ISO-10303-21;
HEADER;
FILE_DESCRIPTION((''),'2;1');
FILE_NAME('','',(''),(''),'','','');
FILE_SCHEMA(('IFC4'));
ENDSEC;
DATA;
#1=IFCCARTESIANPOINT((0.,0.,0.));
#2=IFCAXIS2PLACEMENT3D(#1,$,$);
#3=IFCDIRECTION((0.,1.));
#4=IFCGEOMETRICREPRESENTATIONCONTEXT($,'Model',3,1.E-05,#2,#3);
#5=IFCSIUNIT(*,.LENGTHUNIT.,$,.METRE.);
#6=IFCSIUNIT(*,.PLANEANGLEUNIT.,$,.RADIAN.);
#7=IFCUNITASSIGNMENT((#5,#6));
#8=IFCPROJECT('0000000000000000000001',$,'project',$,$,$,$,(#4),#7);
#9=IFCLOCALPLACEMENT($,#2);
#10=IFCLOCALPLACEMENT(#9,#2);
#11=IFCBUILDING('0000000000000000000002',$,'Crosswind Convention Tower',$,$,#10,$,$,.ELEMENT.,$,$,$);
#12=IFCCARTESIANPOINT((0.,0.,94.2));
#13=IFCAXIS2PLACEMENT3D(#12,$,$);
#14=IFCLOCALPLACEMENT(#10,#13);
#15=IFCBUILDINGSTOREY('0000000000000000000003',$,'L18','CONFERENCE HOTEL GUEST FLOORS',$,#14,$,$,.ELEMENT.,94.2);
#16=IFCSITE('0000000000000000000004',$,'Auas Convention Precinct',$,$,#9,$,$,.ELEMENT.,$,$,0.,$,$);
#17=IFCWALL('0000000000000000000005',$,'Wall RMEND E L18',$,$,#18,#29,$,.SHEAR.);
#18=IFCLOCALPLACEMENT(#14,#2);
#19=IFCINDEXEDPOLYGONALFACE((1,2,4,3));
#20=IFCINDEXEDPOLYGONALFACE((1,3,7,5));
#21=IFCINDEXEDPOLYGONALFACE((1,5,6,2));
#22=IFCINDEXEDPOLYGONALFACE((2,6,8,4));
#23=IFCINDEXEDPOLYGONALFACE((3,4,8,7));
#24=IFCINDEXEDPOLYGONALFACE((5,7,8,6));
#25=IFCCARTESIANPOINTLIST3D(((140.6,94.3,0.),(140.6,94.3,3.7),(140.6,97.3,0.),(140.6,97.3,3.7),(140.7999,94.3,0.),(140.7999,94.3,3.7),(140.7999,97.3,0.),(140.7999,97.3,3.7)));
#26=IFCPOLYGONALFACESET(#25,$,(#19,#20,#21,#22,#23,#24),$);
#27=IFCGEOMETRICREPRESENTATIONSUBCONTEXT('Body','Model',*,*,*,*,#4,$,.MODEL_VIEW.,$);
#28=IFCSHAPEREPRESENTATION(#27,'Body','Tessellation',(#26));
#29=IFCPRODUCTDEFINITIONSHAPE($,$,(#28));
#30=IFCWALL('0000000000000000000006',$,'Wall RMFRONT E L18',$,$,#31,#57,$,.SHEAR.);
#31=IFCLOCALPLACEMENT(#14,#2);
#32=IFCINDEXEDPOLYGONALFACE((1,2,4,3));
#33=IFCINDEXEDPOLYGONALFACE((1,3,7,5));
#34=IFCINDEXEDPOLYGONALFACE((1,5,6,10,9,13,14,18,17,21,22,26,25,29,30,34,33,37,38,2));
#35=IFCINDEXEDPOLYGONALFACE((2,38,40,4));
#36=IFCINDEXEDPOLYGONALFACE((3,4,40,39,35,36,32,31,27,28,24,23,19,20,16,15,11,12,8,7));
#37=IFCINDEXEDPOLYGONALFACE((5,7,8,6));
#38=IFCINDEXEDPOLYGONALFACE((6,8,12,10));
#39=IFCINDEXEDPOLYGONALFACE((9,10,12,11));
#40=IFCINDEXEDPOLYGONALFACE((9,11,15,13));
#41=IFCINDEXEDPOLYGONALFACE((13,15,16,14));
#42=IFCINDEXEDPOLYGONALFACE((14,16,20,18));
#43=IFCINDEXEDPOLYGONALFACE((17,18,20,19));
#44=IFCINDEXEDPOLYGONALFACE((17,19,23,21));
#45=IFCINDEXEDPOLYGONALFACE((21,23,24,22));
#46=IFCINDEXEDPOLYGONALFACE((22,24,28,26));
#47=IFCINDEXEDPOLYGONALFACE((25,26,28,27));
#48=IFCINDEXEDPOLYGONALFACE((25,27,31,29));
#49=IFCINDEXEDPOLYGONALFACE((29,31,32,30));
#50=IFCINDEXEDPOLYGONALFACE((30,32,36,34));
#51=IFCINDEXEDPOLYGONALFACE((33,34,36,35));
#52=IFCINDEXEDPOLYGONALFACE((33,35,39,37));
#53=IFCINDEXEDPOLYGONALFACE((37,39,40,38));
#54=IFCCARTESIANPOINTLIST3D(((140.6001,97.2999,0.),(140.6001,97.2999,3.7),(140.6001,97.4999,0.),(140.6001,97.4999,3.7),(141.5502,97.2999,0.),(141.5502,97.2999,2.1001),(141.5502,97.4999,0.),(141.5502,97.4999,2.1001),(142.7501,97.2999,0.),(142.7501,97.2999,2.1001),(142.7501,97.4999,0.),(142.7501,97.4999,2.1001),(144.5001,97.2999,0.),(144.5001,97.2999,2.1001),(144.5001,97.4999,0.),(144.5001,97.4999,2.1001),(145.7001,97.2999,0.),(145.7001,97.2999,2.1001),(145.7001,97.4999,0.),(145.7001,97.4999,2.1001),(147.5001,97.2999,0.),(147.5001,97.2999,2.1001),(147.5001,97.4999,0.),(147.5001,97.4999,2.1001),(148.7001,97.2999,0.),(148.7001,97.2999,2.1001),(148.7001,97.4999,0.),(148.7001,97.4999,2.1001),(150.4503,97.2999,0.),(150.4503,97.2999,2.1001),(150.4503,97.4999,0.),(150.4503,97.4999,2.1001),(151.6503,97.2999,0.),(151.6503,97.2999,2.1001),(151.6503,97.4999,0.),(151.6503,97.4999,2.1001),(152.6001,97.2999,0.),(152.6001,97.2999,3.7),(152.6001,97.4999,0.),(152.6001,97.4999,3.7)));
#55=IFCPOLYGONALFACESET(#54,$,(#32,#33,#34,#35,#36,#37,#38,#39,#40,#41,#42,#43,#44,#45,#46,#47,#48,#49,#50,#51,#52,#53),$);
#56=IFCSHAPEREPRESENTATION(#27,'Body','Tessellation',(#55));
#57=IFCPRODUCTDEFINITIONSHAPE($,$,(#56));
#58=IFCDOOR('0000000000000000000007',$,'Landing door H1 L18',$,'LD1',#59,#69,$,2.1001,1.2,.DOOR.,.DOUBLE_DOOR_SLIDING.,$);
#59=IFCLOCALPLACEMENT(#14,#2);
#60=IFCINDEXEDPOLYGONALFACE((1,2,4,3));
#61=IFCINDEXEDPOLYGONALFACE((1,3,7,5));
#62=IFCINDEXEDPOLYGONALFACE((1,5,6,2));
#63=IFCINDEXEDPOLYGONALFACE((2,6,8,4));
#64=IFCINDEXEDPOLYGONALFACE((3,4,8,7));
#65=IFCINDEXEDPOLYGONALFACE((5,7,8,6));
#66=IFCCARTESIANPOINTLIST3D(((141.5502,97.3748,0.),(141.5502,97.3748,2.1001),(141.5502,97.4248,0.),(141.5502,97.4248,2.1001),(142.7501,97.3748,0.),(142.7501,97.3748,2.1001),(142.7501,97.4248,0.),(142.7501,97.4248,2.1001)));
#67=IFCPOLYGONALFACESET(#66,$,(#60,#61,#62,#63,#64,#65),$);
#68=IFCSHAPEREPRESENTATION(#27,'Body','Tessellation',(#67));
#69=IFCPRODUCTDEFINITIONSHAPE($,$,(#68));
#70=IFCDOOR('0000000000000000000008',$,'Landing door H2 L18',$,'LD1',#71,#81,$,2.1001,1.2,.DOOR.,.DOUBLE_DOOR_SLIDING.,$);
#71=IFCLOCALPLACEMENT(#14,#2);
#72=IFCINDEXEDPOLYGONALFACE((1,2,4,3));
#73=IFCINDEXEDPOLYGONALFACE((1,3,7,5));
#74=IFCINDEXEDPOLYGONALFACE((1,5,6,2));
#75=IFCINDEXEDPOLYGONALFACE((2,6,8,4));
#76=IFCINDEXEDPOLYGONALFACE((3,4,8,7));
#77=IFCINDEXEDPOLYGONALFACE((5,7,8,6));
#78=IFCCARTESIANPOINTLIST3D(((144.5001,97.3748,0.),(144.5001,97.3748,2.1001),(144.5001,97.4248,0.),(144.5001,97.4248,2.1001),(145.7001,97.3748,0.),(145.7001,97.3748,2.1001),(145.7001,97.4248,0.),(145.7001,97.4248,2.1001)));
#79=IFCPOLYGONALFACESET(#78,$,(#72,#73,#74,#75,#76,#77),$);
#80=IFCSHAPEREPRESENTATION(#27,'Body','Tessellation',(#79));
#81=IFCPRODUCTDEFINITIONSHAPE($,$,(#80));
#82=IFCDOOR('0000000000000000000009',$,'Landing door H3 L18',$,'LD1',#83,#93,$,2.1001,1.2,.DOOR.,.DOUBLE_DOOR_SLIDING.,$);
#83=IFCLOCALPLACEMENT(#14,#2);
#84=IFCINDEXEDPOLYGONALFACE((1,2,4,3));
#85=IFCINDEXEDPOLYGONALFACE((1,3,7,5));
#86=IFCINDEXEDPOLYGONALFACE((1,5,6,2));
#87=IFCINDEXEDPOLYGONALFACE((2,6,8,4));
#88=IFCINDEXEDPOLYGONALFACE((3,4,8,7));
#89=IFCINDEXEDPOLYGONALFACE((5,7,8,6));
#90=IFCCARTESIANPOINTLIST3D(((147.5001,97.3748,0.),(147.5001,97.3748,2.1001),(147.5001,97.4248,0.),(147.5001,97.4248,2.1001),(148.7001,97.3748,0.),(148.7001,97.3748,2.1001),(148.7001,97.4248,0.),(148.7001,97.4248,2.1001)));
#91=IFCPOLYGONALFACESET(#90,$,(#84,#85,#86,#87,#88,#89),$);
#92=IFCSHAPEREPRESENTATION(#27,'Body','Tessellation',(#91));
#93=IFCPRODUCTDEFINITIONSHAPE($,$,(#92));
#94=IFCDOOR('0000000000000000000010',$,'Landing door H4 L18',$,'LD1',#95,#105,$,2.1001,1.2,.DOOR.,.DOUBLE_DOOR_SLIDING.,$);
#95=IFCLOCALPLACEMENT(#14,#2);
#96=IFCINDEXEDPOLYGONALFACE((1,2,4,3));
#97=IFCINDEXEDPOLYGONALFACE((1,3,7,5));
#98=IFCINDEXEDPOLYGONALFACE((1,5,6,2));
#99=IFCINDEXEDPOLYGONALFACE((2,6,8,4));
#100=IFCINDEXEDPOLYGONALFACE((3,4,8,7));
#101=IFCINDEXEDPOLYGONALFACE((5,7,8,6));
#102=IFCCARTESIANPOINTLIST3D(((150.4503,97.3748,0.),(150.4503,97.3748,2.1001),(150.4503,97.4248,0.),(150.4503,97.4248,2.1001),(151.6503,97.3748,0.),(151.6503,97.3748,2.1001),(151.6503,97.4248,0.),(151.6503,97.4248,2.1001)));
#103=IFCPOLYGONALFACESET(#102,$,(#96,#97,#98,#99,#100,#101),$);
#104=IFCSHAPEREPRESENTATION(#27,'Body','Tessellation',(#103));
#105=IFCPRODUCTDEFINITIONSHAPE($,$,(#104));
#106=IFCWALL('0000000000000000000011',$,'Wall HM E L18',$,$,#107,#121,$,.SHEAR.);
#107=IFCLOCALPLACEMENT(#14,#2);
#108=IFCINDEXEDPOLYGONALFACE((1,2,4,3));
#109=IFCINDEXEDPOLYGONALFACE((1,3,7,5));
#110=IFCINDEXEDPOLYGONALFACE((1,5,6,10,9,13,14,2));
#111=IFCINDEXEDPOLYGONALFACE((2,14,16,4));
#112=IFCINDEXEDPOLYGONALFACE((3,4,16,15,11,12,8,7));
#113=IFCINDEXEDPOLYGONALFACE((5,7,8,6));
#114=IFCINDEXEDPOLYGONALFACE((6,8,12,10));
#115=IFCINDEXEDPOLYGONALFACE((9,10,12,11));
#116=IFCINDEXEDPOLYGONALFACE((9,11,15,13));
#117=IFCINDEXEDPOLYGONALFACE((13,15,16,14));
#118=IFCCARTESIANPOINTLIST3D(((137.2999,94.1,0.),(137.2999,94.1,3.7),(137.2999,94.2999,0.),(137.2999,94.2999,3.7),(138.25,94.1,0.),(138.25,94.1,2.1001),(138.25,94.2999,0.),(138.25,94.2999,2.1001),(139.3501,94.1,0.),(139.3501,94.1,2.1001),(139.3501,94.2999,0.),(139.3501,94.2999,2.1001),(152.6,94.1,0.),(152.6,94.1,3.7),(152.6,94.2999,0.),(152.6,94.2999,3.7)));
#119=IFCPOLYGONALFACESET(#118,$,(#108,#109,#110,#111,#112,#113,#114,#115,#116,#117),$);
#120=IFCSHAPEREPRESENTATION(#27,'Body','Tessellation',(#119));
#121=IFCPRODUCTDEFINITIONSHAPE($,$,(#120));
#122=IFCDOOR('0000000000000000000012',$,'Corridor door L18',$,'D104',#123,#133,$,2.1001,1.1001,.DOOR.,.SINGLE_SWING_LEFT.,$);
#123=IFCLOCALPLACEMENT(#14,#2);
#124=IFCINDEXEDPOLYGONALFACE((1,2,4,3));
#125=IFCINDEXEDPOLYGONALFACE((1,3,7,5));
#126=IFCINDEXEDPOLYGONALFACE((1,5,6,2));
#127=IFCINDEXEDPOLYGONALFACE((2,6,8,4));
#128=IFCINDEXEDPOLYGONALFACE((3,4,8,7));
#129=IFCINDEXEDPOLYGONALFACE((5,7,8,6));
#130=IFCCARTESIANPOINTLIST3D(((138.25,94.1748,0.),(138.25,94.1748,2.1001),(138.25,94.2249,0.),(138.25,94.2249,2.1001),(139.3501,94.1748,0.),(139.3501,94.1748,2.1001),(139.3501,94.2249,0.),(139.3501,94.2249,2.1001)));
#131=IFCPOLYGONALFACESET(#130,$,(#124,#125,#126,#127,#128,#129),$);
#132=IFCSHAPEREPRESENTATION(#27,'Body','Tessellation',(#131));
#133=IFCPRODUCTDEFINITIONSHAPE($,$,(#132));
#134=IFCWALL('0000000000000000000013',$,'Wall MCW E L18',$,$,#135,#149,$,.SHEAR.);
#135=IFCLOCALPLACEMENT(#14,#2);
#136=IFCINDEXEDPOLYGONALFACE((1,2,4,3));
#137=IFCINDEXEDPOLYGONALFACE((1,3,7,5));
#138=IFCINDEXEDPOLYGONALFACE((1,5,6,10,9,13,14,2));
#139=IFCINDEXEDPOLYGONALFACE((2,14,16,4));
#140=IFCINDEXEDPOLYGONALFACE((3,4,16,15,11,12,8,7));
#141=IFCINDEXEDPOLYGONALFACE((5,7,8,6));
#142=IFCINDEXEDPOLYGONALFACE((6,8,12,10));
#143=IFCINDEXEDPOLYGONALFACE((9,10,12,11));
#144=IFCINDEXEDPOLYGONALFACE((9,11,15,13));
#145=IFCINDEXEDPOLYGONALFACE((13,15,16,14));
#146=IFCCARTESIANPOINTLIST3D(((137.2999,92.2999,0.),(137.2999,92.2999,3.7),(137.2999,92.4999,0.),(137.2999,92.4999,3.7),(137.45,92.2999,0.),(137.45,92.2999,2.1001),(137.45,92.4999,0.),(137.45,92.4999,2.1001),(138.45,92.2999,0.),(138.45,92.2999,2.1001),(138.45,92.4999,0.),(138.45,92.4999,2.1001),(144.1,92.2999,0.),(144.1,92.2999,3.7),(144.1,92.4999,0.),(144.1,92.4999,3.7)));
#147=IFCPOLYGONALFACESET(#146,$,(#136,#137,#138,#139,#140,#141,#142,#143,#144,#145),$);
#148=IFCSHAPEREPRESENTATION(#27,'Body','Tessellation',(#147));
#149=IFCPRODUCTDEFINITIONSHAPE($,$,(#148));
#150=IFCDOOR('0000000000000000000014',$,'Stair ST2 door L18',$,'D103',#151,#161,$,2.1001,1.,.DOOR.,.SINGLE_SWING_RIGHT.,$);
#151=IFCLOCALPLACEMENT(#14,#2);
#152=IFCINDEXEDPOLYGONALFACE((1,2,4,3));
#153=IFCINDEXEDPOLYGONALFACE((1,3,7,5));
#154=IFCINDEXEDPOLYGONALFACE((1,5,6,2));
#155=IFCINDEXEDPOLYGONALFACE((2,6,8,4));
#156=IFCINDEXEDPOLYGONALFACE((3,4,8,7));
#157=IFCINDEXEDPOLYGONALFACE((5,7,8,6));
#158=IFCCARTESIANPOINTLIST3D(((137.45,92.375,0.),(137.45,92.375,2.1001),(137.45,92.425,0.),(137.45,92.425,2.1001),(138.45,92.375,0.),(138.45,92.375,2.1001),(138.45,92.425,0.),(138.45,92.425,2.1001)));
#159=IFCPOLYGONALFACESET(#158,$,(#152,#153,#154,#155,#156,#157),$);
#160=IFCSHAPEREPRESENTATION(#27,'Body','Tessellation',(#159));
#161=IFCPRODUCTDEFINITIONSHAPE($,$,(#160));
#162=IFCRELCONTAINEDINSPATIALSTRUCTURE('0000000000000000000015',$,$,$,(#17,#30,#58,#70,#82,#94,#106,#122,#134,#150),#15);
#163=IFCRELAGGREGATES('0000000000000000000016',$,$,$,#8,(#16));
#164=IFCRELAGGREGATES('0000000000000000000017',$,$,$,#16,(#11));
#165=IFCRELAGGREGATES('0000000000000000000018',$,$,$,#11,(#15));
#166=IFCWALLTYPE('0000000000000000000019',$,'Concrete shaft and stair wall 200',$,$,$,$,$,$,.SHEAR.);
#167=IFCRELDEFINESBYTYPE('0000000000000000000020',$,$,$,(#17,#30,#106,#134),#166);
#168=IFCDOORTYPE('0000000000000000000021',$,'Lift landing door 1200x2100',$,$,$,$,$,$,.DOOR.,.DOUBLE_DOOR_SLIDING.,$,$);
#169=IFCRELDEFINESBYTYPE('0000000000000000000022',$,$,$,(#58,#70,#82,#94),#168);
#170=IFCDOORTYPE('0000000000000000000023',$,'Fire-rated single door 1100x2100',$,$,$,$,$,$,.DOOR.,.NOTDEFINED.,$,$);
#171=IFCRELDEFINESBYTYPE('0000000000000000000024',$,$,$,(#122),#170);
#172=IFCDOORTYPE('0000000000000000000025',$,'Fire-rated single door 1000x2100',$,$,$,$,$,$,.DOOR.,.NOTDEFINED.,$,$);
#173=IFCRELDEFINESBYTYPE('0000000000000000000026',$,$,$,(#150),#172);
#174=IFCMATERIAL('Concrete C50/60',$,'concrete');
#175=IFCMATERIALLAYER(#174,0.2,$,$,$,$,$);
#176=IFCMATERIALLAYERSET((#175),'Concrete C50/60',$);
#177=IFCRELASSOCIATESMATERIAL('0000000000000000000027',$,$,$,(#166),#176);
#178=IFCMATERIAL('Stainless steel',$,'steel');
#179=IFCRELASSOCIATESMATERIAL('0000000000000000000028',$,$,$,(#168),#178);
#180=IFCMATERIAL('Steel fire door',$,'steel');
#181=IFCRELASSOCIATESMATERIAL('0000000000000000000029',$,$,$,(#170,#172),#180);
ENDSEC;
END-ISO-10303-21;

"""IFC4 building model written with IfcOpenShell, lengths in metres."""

from ifc_helpers import new_model, si_unit, direction, frame, frame_2d, origin, place, context, subcontext, project, spatial, rectangle, extrude, material, layer, layer_set, type_object, element, fill, save


model = new_model("IFC4")

# Units and contexts
model_context = context("Model", 3, precision=1e-05, world=origin(), true_north=direction((0.0, 1.0)))
body_context = subcontext(model_context, "Body", "Model", "MODEL_VIEW")
ifc_project = project(units=[si_unit("LENGTHUNIT", "METRE"), si_unit("PLANEANGLEUNIT", "RADIAN")], contexts=[model_context])

# Site, building, storey
site_placement = place(None, origin())
site = spatial("IfcSite", under=ifc_project, at=site_placement, Name="Auas Convention Precinct", CompositionType="ELEMENT", RefElevation=0.0)
building_placement = place(site_placement, origin())
building = spatial("IfcBuilding", under=site, at=building_placement, Name="Crosswind Convention Tower", CompositionType="ELEMENT")
storey_placement = place(building_placement, frame((0.0, 0.0, 94.2)))
storey = spatial("IfcBuildingStorey", under=building, at=storey_placement, Name="L18", Description="CONFERENCE HOTEL GUEST FLOORS", CompositionType="ELEMENT", Elevation=94.2)

# Wall
ifc_material_1 = material(Name="Concrete C50/60", Category="concrete")
ifc_layer = layer(ifc_material_1, 0.2)
ifc_layer_set = layer_set([ifc_layer], Name="Concrete C50/60")
wall_type = type_object("IfcWallType", Name="Concrete shaft and stair wall 200", PredefinedType="SHEAR", material=ifc_layer_set)
wall_1_placement = place(storey_placement, frame((140.7, 94.3, 0.0), z_axis=(0.0, 0.0, 1.0), x_axis=(0.0, 1.0, 0.0)))
element("IfcWall", 1, at=wall_1_placement, inside=storey, type_object=wall_type, Name="Wall RMEND E L18", PredefinedType="SHEAR", context=body_context, shape_type="SweptSolid", body=[
    extrude(rectangle(XDim=3.0, YDim=0.2, at=frame_2d((1.5, 0.0))), origin(), (0.0, 0.0, 1.0), 3.7),
])

# Wall, openings, doors
wall_2_placement = place(storey_placement, frame((140.6001, 97.3999, 0.0), z_axis=(0.0, 0.0, 1.0), x_axis=(1.0, 0.0, 0.0)))
wall_2 = element("IfcWall", 2, at=wall_2_placement, inside=storey, type_object=wall_type, Name="Wall RMFRONT E L18", PredefinedType="SHEAR", context=body_context, shape_type="SweptSolid", body=[
    extrude(rectangle(XDim=12.0, YDim=0.2, at=frame_2d((6.0, 0.0))), origin(), (0.0, 0.0, 1.0), 3.7),
])
opening_1_placement = place(wall_2_placement, frame((0.95, 0.0, 0.0)))
opening_1 = element("IfcOpeningElement", 3, at=opening_1_placement, cuts=wall_2, PredefinedType="OPENING", context=body_context, shape_type="SweptSolid", body=[
    extrude(rectangle(XDim=1.2, YDim=2.1001, at=frame_2d((0.6001, 1.05))), frame((0.0, 0.1099, 0.0), z_axis=(0.0, -1.0, 0.0), x_axis=(1.0, 0.0, 0.0)), (0.0, 0.0, 1.0), 0.22),
])
opening_2_placement = place(wall_2_placement, frame((3.8999, 0.0, 0.0)))
opening_2 = element("IfcOpeningElement", 4, at=opening_2_placement, cuts=wall_2, PredefinedType="OPENING", context=body_context, shape_type="SweptSolid", body=[
    extrude(rectangle(XDim=1.2, YDim=2.1001, at=frame_2d((0.6001, 1.05))), frame((0.0, 0.1099, 0.0), z_axis=(0.0, -1.0, 0.0), x_axis=(1.0, 0.0, 0.0)), (0.0, 0.0, 1.0), 0.22),
])
opening_3_placement = place(wall_2_placement, frame((6.8999, 0.0, 0.0)))
opening_3 = element("IfcOpeningElement", 5, at=opening_3_placement, cuts=wall_2, PredefinedType="OPENING", context=body_context, shape_type="SweptSolid", body=[
    extrude(rectangle(XDim=1.2, YDim=2.1001, at=frame_2d((0.6001, 1.05))), frame((0.0, 0.1099, 0.0), z_axis=(0.0, -1.0, 0.0), x_axis=(1.0, 0.0, 0.0)), (0.0, 0.0, 1.0), 0.22),
])
opening_4_placement = place(wall_2_placement, frame((9.8501, 0.0, 0.0)))
opening_4 = element("IfcOpeningElement", 6, at=opening_4_placement, cuts=wall_2, PredefinedType="OPENING", context=body_context, shape_type="SweptSolid", body=[
    extrude(rectangle(XDim=1.2, YDim=2.1001, at=frame_2d((0.6001, 1.05))), frame((0.0, 0.1099, 0.0), z_axis=(0.0, -1.0, 0.0), x_axis=(1.0, 0.0, 0.0)), (0.0, 0.0, 1.0), 0.22),
])
ifc_material_2 = material(Name="Stainless steel", Category="steel")
door_type_1 = type_object("IfcDoorType", Name="Lift landing door 1200x2100", OperationType="DOUBLE_DOOR_SLIDING", PredefinedType="DOOR", material=ifc_material_2)
door_1_placement = place(opening_1_placement, origin())
door_1 = element("IfcDoor", 7, at=door_1_placement, inside=storey, type_object=door_type_1, Name="Landing door H1 L18", ObjectType="LD1", OperationType="DOUBLE_DOOR_SLIDING", OverallHeight=2.1001, OverallWidth=1.2, PredefinedType="DOOR", context=body_context, shape_type="SweptSolid", body=[
    extrude(rectangle(XDim=1.2, YDim=2.1001, at=frame_2d((0.6001, 1.05))), frame((0.0, 0.0249, 0.0), z_axis=(0.0, -1.0, 0.0), x_axis=(1.0, 0.0, 0.0)), (0.0, 0.0, 1.0), 0.05),
])
fill(opening_1, door_1)
door_2_placement = place(opening_2_placement, origin())
door_2 = element("IfcDoor", 8, at=door_2_placement, inside=storey, type_object=door_type_1, Name="Landing door H2 L18", ObjectType="LD1", OperationType="DOUBLE_DOOR_SLIDING", OverallHeight=2.1001, OverallWidth=1.2, PredefinedType="DOOR", context=body_context, shape_type="SweptSolid", body=[
    extrude(rectangle(XDim=1.2, YDim=2.1001, at=frame_2d((0.6001, 1.05))), frame((0.0, 0.0249, 0.0), z_axis=(0.0, -1.0, 0.0), x_axis=(1.0, 0.0, 0.0)), (0.0, 0.0, 1.0), 0.05),
])
fill(opening_2, door_2)
door_3_placement = place(opening_3_placement, origin())
door_3 = element("IfcDoor", 9, at=door_3_placement, inside=storey, type_object=door_type_1, Name="Landing door H3 L18", ObjectType="LD1", OperationType="DOUBLE_DOOR_SLIDING", OverallHeight=2.1001, OverallWidth=1.2, PredefinedType="DOOR", context=body_context, shape_type="SweptSolid", body=[
    extrude(rectangle(XDim=1.2, YDim=2.1001, at=frame_2d((0.6001, 1.05))), frame((0.0, 0.0249, 0.0), z_axis=(0.0, -1.0, 0.0), x_axis=(1.0, 0.0, 0.0)), (0.0, 0.0, 1.0), 0.05),
])
fill(opening_3, door_3)
door_4_placement = place(opening_4_placement, origin())
door_4 = element("IfcDoor", 10, at=door_4_placement, inside=storey, type_object=door_type_1, Name="Landing door H4 L18", ObjectType="LD1", OperationType="DOUBLE_DOOR_SLIDING", OverallHeight=2.1001, OverallWidth=1.2, PredefinedType="DOOR", context=body_context, shape_type="SweptSolid", body=[
    extrude(rectangle(XDim=1.2, YDim=2.1001, at=frame_2d((0.6001, 1.05))), frame((0.0, 0.0249, 0.0), z_axis=(0.0, -1.0, 0.0), x_axis=(1.0, 0.0, 0.0)), (0.0, 0.0, 1.0), 0.05),
])
fill(opening_4, door_4)

# Walls, openings, doors
wall_3_placement = place(storey_placement, frame((137.3, 94.2, 0.0), z_axis=(0.0, 0.0, 1.0), x_axis=(1.0, 0.0, 0.0)))
wall_3 = element("IfcWall", 11, at=wall_3_placement, inside=storey, type_object=wall_type, Name="Wall HM E L18", PredefinedType="SHEAR", context=body_context, shape_type="SweptSolid", body=[
    extrude(rectangle(XDim=15.3, YDim=0.2, at=frame_2d((7.6499, 0.0))), origin(), (0.0, 0.0, 1.0), 3.7),
])
opening_5_placement = place(wall_3_placement, frame((0.95, 0.0, 0.0)))
opening_5 = element("IfcOpeningElement", 12, at=opening_5_placement, cuts=wall_3, PredefinedType="OPENING", context=body_context, shape_type="SweptSolid", body=[
    extrude(rectangle(XDim=1.1001, YDim=2.1001, at=frame_2d((0.55, 1.05))), frame((0.0, 0.1099, 0.0), z_axis=(0.0, -1.0, 0.0), x_axis=(1.0, 0.0, 0.0)), (0.0, 0.0, 1.0), 0.22),
])
ifc_material_3 = material(Name="Steel fire door", Category="steel")
door_type_2 = type_object("IfcDoorType", Name="Fire-rated single door 1100x2100", OperationType="NOTDEFINED", PredefinedType="DOOR", material=ifc_material_3)
door_5_placement = place(opening_5_placement, origin())
door_5 = element("IfcDoor", 13, at=door_5_placement, inside=storey, type_object=door_type_2, Name="Corridor door L18", ObjectType="D104", OperationType="SINGLE_SWING_LEFT", OverallHeight=2.1001, OverallWidth=1.1001, PredefinedType="DOOR", context=body_context, shape_type="SweptSolid", body=[
    extrude(rectangle(XDim=1.1001, YDim=2.1001, at=frame_2d((0.55, 1.05))), frame((0.0, 0.0249, 0.0), z_axis=(0.0, -1.0, 0.0), x_axis=(1.0, 0.0, 0.0)), (0.0, 0.0, 1.0), 0.05),
])
fill(opening_5, door_5)
wall_4_placement = place(storey_placement, frame((137.3, 92.3999, 0.0), z_axis=(0.0, 0.0, 1.0), x_axis=(1.0, 0.0, 0.0)))
wall_4 = element("IfcWall", 14, at=wall_4_placement, inside=storey, type_object=wall_type, Name="Wall MCW E L18", PredefinedType="SHEAR", context=body_context, shape_type="SweptSolid", body=[
    extrude(rectangle(XDim=6.8, YDim=0.2, at=frame_2d((3.3999, 0.0))), origin(), (0.0, 0.0, 1.0), 3.7),
])
opening_6_placement = place(wall_4_placement, frame((0.1499, 0.0, 0.0)))
opening_6 = element("IfcOpeningElement", 15, at=opening_6_placement, cuts=wall_4, PredefinedType="OPENING", context=body_context, shape_type="SweptSolid", body=[
    extrude(rectangle(XDim=1.0, YDim=2.1001, at=frame_2d((0.5, 1.05))), frame((0.0, 0.1099, 0.0), z_axis=(0.0, -1.0, 0.0), x_axis=(1.0, 0.0, 0.0)), (0.0, 0.0, 1.0), 0.22),
])
door_type_3 = type_object("IfcDoorType", Name="Fire-rated single door 1000x2100", OperationType="NOTDEFINED", PredefinedType="DOOR", material=ifc_material_3)
door_6_placement = place(opening_6_placement, frame((1.0, 0.0, 0.0), z_axis=(0.0, 0.0, 1.0), x_axis=(-1.0, 0.0, 0.0)))
door_6 = element("IfcDoor", 16, at=door_6_placement, inside=storey, type_object=door_type_3, Name="Stair ST2 door L18", ObjectType="D103", OperationType="SINGLE_SWING_RIGHT", OverallHeight=2.1001, OverallWidth=1.0, PredefinedType="DOOR", context=body_context, shape_type="SweptSolid", body=[
    extrude(rectangle(XDim=1.0, YDim=2.1001, at=frame_2d((0.5, 1.05))), frame((0.0, 0.0249, 0.0), z_axis=(0.0, -1.0, 0.0), x_axis=(1.0, 0.0, 0.0)), (0.0, 0.0, 1.0), 0.05),
])
fill(opening_6, door_6)

save(model, "model.ifc")
